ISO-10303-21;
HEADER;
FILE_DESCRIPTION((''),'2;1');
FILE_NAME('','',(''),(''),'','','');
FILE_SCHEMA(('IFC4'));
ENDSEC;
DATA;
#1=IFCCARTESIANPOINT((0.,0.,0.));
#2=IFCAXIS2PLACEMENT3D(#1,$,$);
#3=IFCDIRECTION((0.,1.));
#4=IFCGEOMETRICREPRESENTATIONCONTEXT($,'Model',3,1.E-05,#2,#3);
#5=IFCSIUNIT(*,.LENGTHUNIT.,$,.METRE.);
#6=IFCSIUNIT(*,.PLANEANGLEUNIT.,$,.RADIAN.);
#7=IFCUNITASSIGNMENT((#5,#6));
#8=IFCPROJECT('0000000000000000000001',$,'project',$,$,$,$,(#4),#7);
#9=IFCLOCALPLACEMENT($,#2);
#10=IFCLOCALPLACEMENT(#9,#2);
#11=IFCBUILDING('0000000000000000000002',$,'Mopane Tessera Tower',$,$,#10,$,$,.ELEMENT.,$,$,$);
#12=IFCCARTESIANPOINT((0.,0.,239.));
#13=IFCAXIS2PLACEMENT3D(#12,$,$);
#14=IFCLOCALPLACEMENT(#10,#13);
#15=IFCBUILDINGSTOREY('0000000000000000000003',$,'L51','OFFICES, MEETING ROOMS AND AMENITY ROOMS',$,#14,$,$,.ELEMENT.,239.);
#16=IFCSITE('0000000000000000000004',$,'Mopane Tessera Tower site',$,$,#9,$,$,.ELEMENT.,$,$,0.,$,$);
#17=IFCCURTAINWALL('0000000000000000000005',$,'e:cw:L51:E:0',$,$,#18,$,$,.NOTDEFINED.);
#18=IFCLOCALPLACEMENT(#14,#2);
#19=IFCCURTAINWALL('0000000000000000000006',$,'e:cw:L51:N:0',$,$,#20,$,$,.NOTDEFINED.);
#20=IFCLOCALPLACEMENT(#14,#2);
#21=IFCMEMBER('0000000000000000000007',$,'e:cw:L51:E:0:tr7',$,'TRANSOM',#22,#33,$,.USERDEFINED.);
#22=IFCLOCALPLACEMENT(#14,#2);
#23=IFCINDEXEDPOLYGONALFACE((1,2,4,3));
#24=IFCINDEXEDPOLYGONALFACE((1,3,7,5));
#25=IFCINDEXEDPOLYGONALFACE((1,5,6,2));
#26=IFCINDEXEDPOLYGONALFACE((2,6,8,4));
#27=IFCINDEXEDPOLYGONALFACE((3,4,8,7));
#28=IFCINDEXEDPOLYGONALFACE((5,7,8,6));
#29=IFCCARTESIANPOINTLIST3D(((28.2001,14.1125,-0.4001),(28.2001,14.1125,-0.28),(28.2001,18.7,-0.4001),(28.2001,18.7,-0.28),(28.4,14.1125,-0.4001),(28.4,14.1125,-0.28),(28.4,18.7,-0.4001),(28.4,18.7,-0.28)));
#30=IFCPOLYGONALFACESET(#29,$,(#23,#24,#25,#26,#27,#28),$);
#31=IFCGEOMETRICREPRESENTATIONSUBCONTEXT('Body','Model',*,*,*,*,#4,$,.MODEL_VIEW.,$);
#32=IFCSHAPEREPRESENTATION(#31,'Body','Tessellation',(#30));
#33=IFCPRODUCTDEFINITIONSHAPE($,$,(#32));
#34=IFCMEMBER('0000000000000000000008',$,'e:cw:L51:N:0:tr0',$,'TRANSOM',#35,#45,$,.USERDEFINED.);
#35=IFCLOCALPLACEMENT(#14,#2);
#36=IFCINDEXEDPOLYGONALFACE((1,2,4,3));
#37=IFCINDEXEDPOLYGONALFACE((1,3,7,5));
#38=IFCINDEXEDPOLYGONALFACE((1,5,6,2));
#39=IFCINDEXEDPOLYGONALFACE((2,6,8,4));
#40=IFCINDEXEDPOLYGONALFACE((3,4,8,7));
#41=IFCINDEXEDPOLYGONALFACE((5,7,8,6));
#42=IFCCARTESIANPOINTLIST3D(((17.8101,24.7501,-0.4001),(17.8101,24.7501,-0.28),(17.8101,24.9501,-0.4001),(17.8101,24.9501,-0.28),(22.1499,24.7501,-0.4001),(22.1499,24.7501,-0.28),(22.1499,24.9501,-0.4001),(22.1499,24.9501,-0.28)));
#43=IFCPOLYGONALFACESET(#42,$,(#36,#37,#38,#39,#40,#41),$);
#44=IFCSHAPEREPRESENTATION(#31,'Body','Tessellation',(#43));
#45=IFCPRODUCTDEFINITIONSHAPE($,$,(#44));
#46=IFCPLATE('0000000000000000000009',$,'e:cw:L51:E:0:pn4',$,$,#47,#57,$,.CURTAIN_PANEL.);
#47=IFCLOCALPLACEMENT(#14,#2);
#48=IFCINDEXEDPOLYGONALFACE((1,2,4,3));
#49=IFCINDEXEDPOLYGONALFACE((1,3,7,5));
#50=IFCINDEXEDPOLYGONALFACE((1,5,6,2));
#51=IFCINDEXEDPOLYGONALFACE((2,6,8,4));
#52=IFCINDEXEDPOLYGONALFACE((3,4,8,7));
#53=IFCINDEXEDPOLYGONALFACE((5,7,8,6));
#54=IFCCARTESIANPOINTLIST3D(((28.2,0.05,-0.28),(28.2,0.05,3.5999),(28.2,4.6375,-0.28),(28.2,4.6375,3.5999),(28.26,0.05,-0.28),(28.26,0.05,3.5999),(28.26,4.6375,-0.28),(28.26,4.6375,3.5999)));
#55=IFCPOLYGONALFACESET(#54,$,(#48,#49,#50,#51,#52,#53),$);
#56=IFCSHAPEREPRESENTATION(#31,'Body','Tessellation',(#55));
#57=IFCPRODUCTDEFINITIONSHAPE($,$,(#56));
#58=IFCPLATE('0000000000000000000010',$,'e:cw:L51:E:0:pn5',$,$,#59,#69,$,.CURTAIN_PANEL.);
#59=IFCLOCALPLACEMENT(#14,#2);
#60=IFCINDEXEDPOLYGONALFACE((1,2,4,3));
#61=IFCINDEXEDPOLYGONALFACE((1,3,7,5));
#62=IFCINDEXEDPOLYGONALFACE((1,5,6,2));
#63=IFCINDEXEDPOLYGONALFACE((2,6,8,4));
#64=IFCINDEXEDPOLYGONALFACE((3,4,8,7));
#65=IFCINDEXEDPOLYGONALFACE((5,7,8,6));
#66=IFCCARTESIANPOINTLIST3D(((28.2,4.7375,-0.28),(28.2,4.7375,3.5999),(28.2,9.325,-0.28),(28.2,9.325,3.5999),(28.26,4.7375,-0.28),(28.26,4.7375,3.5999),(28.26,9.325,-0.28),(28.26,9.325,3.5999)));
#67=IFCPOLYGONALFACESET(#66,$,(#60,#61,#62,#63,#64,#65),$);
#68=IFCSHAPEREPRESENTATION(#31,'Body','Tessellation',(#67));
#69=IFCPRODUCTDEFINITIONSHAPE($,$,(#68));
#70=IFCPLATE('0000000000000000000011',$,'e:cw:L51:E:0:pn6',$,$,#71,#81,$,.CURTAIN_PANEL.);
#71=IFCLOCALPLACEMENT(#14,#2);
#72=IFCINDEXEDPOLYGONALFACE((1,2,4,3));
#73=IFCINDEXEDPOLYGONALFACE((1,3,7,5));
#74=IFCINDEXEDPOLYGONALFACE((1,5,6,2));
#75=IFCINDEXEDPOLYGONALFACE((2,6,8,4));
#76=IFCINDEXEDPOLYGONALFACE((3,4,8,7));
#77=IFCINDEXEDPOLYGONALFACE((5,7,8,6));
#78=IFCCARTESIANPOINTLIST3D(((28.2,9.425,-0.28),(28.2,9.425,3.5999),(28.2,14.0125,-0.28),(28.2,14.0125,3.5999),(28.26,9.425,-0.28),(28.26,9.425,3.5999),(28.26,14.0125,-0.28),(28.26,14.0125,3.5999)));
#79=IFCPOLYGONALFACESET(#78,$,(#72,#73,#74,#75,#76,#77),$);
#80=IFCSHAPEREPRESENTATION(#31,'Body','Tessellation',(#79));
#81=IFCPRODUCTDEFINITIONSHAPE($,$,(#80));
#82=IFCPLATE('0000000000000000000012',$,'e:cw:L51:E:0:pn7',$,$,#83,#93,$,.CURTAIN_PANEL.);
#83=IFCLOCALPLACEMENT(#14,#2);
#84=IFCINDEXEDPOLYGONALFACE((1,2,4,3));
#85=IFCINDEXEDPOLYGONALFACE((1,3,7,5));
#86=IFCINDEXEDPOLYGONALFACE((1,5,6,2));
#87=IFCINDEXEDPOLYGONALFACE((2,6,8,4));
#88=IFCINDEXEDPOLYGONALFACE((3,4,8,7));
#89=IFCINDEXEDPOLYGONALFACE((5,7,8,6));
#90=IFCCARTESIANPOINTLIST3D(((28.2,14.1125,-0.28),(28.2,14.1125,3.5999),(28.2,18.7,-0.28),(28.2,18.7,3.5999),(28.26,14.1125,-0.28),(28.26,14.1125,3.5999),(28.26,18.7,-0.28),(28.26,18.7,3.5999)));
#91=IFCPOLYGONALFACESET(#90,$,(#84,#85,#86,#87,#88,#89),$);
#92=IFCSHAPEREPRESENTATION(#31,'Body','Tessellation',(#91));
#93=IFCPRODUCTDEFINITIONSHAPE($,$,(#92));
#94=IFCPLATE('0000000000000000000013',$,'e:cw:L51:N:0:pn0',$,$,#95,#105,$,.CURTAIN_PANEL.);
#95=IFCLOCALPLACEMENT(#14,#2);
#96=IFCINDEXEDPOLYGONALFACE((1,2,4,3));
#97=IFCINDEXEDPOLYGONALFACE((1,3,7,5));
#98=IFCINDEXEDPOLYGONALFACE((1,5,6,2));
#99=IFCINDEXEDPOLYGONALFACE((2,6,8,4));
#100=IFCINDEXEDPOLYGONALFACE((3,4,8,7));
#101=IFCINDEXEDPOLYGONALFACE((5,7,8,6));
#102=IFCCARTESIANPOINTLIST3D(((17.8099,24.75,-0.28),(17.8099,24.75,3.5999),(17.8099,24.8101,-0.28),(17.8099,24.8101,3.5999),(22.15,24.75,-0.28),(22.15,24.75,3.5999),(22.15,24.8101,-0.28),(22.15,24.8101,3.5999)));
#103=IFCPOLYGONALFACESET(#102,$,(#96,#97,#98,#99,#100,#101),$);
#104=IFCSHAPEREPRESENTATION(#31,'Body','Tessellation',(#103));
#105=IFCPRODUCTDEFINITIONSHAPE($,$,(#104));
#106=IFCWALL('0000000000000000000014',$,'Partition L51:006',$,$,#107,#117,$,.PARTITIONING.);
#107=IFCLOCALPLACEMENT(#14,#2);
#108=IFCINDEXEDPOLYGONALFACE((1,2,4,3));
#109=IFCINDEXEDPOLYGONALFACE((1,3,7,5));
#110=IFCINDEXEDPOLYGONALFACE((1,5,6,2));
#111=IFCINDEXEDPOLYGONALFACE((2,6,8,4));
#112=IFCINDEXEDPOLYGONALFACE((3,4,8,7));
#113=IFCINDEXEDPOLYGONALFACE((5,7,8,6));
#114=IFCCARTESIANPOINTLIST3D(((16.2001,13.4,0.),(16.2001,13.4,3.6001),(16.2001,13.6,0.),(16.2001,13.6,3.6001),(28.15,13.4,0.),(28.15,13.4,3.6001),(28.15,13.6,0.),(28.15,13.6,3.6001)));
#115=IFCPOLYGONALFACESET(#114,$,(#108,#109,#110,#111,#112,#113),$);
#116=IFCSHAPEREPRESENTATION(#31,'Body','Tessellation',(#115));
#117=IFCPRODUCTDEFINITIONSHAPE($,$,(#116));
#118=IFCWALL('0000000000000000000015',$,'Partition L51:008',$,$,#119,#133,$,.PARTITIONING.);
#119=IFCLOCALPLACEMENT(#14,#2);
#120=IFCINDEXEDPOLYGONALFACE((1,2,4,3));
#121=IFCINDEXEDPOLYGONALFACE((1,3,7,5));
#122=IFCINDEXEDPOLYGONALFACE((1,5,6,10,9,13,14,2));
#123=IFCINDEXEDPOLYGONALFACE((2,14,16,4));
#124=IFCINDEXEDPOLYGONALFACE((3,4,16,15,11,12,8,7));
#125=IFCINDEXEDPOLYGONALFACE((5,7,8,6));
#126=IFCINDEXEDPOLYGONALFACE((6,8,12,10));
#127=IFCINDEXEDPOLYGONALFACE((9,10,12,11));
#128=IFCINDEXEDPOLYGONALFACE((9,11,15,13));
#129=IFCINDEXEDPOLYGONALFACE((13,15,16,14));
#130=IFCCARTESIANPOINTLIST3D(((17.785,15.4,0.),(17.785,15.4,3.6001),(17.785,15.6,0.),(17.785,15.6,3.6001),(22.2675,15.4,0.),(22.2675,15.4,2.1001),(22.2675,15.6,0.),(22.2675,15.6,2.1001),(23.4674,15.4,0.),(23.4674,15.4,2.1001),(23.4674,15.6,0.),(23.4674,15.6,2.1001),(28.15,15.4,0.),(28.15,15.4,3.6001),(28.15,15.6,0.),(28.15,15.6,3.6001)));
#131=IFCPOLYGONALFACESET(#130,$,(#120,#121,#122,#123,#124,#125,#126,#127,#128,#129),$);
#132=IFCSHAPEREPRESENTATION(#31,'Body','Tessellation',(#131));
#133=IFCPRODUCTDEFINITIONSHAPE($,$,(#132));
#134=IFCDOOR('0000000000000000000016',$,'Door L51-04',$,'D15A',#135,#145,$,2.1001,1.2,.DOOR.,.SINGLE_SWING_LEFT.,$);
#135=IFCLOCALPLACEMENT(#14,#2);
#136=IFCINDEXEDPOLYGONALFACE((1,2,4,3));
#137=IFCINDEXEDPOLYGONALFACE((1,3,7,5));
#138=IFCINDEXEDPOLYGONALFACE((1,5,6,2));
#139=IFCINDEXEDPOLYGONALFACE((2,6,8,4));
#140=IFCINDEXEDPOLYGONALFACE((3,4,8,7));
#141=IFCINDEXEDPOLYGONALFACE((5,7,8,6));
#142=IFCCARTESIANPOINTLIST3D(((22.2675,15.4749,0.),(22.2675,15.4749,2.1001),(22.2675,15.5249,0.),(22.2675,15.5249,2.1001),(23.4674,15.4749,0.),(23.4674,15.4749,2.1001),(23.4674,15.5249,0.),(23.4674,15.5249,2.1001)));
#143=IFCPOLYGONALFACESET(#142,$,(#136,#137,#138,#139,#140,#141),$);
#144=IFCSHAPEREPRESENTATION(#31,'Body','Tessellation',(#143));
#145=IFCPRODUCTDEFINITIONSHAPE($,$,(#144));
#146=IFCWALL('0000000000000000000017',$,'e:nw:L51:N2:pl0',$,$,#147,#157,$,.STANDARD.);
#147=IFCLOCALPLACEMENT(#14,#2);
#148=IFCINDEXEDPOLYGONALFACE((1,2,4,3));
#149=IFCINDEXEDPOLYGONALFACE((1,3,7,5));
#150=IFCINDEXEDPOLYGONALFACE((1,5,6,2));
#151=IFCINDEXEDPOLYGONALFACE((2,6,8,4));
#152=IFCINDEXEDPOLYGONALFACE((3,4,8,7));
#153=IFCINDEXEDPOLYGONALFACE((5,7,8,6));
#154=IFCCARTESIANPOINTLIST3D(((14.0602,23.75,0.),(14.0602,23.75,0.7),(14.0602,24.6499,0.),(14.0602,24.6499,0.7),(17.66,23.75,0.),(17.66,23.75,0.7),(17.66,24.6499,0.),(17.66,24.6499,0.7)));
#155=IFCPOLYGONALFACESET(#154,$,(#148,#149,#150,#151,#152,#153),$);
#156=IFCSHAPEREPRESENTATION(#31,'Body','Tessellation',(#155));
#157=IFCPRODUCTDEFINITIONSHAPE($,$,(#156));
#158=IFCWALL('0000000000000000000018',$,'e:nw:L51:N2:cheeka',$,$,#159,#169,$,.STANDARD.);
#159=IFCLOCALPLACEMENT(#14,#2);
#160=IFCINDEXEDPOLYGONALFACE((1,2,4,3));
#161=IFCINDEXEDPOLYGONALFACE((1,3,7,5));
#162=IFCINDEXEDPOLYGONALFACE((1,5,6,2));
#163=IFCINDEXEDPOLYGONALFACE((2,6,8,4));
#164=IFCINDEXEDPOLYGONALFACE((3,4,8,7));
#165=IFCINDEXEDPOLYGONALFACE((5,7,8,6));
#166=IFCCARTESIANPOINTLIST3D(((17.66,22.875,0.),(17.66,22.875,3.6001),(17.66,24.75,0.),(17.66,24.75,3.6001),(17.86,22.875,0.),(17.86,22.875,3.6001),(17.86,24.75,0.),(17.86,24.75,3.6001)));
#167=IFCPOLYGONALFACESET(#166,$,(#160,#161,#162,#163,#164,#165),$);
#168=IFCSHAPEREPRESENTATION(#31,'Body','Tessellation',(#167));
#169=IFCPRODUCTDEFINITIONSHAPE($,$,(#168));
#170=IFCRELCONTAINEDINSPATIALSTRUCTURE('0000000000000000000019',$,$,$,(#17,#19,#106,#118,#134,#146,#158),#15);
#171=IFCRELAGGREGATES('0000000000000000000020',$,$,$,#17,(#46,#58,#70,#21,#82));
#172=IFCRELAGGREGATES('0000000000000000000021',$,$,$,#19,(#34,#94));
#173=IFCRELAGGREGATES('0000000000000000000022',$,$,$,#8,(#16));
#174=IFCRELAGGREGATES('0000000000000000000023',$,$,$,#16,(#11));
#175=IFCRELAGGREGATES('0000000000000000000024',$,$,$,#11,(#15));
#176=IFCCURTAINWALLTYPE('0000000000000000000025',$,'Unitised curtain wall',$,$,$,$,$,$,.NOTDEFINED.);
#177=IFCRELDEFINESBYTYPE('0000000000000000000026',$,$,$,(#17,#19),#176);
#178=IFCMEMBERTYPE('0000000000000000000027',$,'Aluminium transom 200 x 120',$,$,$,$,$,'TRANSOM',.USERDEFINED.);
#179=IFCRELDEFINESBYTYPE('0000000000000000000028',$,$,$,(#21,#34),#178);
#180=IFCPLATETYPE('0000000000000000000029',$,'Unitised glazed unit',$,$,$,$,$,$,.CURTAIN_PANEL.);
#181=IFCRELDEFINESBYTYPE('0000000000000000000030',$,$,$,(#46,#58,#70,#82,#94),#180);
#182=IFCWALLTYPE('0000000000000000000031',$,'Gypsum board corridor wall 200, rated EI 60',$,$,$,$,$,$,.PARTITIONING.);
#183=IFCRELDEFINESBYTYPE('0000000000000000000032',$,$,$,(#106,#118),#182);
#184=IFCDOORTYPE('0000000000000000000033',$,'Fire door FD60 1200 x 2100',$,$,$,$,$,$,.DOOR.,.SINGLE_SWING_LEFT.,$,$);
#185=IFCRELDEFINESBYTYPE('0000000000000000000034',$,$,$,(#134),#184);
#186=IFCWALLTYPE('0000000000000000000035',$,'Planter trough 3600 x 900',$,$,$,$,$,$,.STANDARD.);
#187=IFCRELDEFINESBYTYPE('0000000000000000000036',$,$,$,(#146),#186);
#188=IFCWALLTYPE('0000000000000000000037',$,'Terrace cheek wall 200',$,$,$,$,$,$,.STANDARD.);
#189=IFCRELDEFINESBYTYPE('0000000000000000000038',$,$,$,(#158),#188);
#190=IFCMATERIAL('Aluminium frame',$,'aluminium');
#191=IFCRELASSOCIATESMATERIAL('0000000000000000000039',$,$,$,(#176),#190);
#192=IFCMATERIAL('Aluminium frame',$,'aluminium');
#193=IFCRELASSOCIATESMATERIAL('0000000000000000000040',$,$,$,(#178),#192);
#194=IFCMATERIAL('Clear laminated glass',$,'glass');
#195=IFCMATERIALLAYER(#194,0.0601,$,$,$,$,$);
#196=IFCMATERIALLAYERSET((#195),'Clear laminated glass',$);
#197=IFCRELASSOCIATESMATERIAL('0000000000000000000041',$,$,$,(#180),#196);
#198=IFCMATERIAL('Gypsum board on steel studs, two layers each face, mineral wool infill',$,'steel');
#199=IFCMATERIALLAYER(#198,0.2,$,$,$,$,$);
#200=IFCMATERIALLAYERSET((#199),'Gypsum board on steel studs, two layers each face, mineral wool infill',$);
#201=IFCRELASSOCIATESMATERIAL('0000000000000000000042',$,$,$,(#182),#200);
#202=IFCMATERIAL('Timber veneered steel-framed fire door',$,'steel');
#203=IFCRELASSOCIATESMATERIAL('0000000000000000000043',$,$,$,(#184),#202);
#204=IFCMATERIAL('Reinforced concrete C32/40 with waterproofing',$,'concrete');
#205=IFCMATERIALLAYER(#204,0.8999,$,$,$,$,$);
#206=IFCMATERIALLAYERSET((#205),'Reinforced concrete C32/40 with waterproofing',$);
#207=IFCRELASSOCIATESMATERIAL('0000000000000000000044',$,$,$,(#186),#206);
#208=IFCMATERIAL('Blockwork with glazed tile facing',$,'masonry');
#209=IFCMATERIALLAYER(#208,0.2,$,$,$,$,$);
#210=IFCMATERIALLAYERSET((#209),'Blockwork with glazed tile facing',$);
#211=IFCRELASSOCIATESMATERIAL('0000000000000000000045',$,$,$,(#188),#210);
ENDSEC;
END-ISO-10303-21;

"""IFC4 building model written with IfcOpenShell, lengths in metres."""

from ifc_helpers import new_model, si_unit, direction, frame, frame_2d, origin, origin_2d, place, context, subcontext, project, spatial, rectangle, extrude, material, layer, layer_set, material_profile, profile_set, type_object, element, fill, aggregate, save


model = new_model("IFC4")

# Units and contexts
model_context = context("Model", 3, precision=1e-05, world=origin(), true_north=direction((0.0, 1.0)))
body_context = subcontext(model_context, "Body", "Model", "MODEL_VIEW")
ifc_project = project(units=[si_unit("LENGTHUNIT", "METRE"), si_unit("PLANEANGLEUNIT", "RADIAN")], contexts=[model_context])

# Site, building, storey
site_placement = place(None, origin())
site = spatial("IfcSite", under=ifc_project, at=site_placement, Name="Mopane Tessera Tower site", CompositionType="ELEMENT", RefElevation=0.0)
building_placement = place(site_placement, origin())
building = spatial("IfcBuilding", under=site, at=building_placement, Name="Mopane Tessera Tower", CompositionType="ELEMENT")
storey_placement = place(building_placement, frame((0.0, 0.0, 239.0)))
storey = spatial("IfcBuildingStorey", under=building, at=storey_placement, Name="L51", Description="OFFICES, MEETING ROOMS AND AMENITY ROOMS", CompositionType="ELEMENT", Elevation=239.0)

# Curtain walls
ifc_material_1 = material(Name="Aluminium frame", Category="aluminium")
curtain_wall_type = type_object("IfcCurtainWallType", Name="Unitised curtain wall", PredefinedType="NOTDEFINED", material=ifc_material_1)
curtain_wall_1_placement = place(storey_placement, origin())
curtain_wall_1 = element("IfcCurtainWall", 1, at=curtain_wall_1_placement, inside=storey, type_object=curtain_wall_type, Name="e:cw:L51:E:0", PredefinedType="NOTDEFINED")
curtain_wall_2_placement = place(storey_placement, origin())
curtain_wall_2 = element("IfcCurtainWall", 2, at=curtain_wall_2_placement, inside=storey, type_object=curtain_wall_type, Name="e:cw:L51:N:0", PredefinedType="NOTDEFINED")

# Members
ifc_material_2 = material(Name="Aluminium frame", Category="aluminium")
ifc_material_profile_1 = material_profile(ifc_material_2, rectangle(XDim=0.2, YDim=0.1201, at=origin_2d()))
ifc_profile_set_1 = profile_set([ifc_material_profile_1], Name="Aluminium frame")
member_type_1 = type_object("IfcMemberType", Name="Aluminium transom 200 x 120", ElementType="TRANSOM", PredefinedType="USERDEFINED", material=ifc_profile_set_1)
member_1_placement = place(storey_placement, frame((28.3, 14.1125, -0.3401), z_axis=(0.0, 1.0, 0.0), x_axis=(-1.0, 0.0, 0.0)))
member_1 = element("IfcMember", 3, at=member_1_placement, type_object=member_type_1, Name="e:cw:L51:E:0:tr7", ObjectType="TRANSOM", PredefinedType="USERDEFINED", context=body_context, shape_type="SweptSolid", body=[
    extrude(rectangle(XDim=0.2, YDim=0.1201, at=origin_2d()), origin(), (0.0, 0.0, 1.0), 4.5874),
])
member_2_placement = place(storey_placement, frame((22.1499, 24.8501, -0.3401), z_axis=(-1.0, 0.0, 0.0), x_axis=(0.0, -1.0, 0.0)))
member_2 = element("IfcMember", 4, at=member_2_placement, type_object=member_type_1, Name="e:cw:L51:N:0:tr0", ObjectType="TRANSOM", PredefinedType="USERDEFINED", context=body_context, shape_type="SweptSolid", body=[
    extrude(rectangle(XDim=0.2, YDim=0.1201, at=origin_2d()), origin(), (0.0, 0.0, 1.0), 4.3398),
])

# Plates
ifc_material_3 = material(Name="Clear laminated glass", Category="glass")
ifc_layer_1 = layer(ifc_material_3, 0.0601)
ifc_layer_set_1 = layer_set([ifc_layer_1], Name="Clear laminated glass")
plate_type = type_object("IfcPlateType", Name="Unitised glazed unit", PredefinedType="CURTAIN_PANEL", material=ifc_layer_set_1)
plate_1_placement = place(storey_placement, frame((28.23, 2.3438, -0.28), z_axis=(0.0, 0.0, 1.0), x_axis=(0.0, 1.0, 0.0)))
plate_1 = element("IfcPlate", 5, at=plate_1_placement, type_object=plate_type, Name="e:cw:L51:E:0:pn4", PredefinedType="CURTAIN_PANEL", context=body_context, shape_type="SweptSolid", body=[
    extrude(rectangle(XDim=4.5874, YDim=0.0601, at=origin_2d()), origin(), (0.0, 0.0, 1.0), 3.8799),
])
plate_2_placement = place(storey_placement, frame((28.23, 7.0312, -0.28), z_axis=(0.0, 0.0, 1.0), x_axis=(0.0, 1.0, 0.0)))
plate_2 = element("IfcPlate", 6, at=plate_2_placement, type_object=plate_type, Name="e:cw:L51:E:0:pn5", PredefinedType="CURTAIN_PANEL", context=body_context, shape_type="SweptSolid", body=[
    extrude(rectangle(XDim=4.5874, YDim=0.0601, at=origin_2d()), origin(), (0.0, 0.0, 1.0), 3.8799),
])
plate_3_placement = place(storey_placement, frame((28.23, 11.7188, -0.28), z_axis=(0.0, 0.0, 1.0), x_axis=(0.0, 1.0, 0.0)))
plate_3 = element("IfcPlate", 7, at=plate_3_placement, type_object=plate_type, Name="e:cw:L51:E:0:pn6", PredefinedType="CURTAIN_PANEL", context=body_context, shape_type="SweptSolid", body=[
    extrude(rectangle(XDim=4.5874, YDim=0.0601, at=origin_2d()), origin(), (0.0, 0.0, 1.0), 3.8799),
])
plate_4_placement = place(storey_placement, frame((28.23, 16.4062, -0.28), z_axis=(0.0, 0.0, 1.0), x_axis=(0.0, 1.0, 0.0)))
plate_4 = element("IfcPlate", 8, at=plate_4_placement, type_object=plate_type, Name="e:cw:L51:E:0:pn7", PredefinedType="CURTAIN_PANEL", context=body_context, shape_type="SweptSolid", body=[
    extrude(rectangle(XDim=4.5874, YDim=0.0601, at=origin_2d()), origin(), (0.0, 0.0, 1.0), 3.8799),
])
aggregate(curtain_wall_1, [plate_1, plate_2, plate_3, member_1, plate_4])
plate_5_placement = place(storey_placement, frame((19.98, 24.78, -0.28), z_axis=(0.0, 0.0, 1.0), x_axis=(-1.0, 0.0, 0.0)))
plate_5 = element("IfcPlate", 9, at=plate_5_placement, type_object=plate_type, Name="e:cw:L51:N:0:pn0", PredefinedType="CURTAIN_PANEL", context=body_context, shape_type="SweptSolid", body=[
    extrude(rectangle(XDim=4.3401, YDim=0.0601, at=origin_2d()), origin(), (0.0, 0.0, 1.0), 3.8799),
])
aggregate(curtain_wall_2, [member_2, plate_5])

# Wall
ifc_material_4 = material(Name="Gypsum board on steel studs, two layers each face, mineral wool infill", Category="steel")
ifc_layer_2 = layer(ifc_material_4, 0.2)
ifc_layer_set_2 = layer_set([ifc_layer_2], Name="Gypsum board on steel studs, two layers each face, mineral wool infill")
wall_type_1 = type_object("IfcWallType", Name="Gypsum board corridor wall 200, rated EI 60", PredefinedType="PARTITIONING", material=ifc_layer_set_2)
wall_1_placement = place(storey_placement, frame((16.2, 13.5, 0.0), z_axis=(0.0, 0.0, 1.0), x_axis=(1.0, 0.0, 0.0)))
element("IfcWall", 10, at=wall_1_placement, inside=storey, type_object=wall_type_1, Name="Partition L51:006", PredefinedType="PARTITIONING", context=body_context, shape_type="SweptSolid", body=[
    extrude(rectangle(XDim=11.95, YDim=0.2, at=frame_2d((5.9751, 0.0))), origin(), (0.0, 0.0, 1.0), 3.6001),
])

# Wall, opening, door
wall_2_placement = place(storey_placement, frame((17.7849, 15.5, 0.0), z_axis=(0.0, 0.0, 1.0), x_axis=(1.0, 0.0, 0.0)))
wall_2 = element("IfcWall", 11, at=wall_2_placement, inside=storey, type_object=wall_type_1, Name="Partition L51:008", PredefinedType="PARTITIONING", context=body_context, shape_type="SweptSolid", body=[
    extrude(rectangle(XDim=10.365, YDim=0.2, at=frame_2d((5.1826, 0.0))), origin(), (0.0, 0.0, 1.0), 3.6001),
])
opening_1_placement = place(wall_2_placement, frame((4.4824, 0.0, 0.0)))
opening_1 = element("IfcOpeningElement", 12, at=opening_1_placement, cuts=wall_2, PredefinedType="OPENING", context=body_context, shape_type="SweptSolid", body=[
    extrude(rectangle(XDim=1.2, YDim=2.1001, at=frame_2d((0.6001, 1.05))), frame((0.0, 0.1121, 0.0), z_axis=(0.0, -1.0, 0.0), x_axis=(1.0, 0.0, 0.0)), (0.0, 0.0, 1.0), 0.2239),
])
ifc_material_5 = material(Name="Timber veneered steel-framed fire door", Category="steel")
door_type_1 = type_object("IfcDoorType", Name="Fire door FD60 1200 x 2100", OperationType="SINGLE_SWING_LEFT", PredefinedType="DOOR", material=ifc_material_5)
door_1_placement = place(opening_1_placement, origin())
door_1 = element("IfcDoor", 13, at=door_1_placement, inside=storey, type_object=door_type_1, Name="Door L51-04", ObjectType="D15A", OperationType="SINGLE_SWING_LEFT", OverallHeight=2.1001, OverallWidth=1.2, PredefinedType="DOOR", context=body_context, shape_type="SweptSolid", body=[
    extrude(rectangle(XDim=1.2, YDim=2.1001, at=frame_2d((0.6001, 1.05))), frame((0.0, 0.0249, 0.0), z_axis=(0.0, -1.0, 0.0), x_axis=(1.0, 0.0, 0.0)), (0.0, 0.0, 1.0), 0.05),
])
fill(opening_1, door_1)

# Walls
ifc_material_6 = material(Name="Reinforced concrete C32/40 with waterproofing", Category="concrete")
ifc_layer_3 = layer(ifc_material_6, 0.8999)
ifc_layer_set_3 = layer_set([ifc_layer_3], Name="Reinforced concrete C32/40 with waterproofing")
wall_type_2 = type_object("IfcWallType", Name="Planter trough 3600 x 900", PredefinedType="STANDARD", material=ifc_layer_set_3)
wall_3_placement = place(storey_placement, frame((17.6599, 24.2, 0.0), z_axis=(0.0, 0.0, 1.0), x_axis=(-1.0, 0.0, 0.0)))
element("IfcWall", 14, at=wall_3_placement, inside=storey, type_object=wall_type_2, Name="e:nw:L51:N2:pl0", PredefinedType="STANDARD", context=body_context, shape_type="SweptSolid", body=[
    extrude(rectangle(XDim=3.5999, YDim=0.8999, at=frame_2d((1.7998, 0.0))), origin(), (0.0, 0.0, 1.0), 0.7),
])
ifc_material_7 = material(Name="Blockwork with glazed tile facing", Category="masonry")
ifc_layer_4 = layer(ifc_material_7, 0.2)
ifc_layer_set_4 = layer_set([ifc_layer_4], Name="Blockwork with glazed tile facing")
wall_type_3 = type_object("IfcWallType", Name="Terrace cheek wall 200", PredefinedType="STANDARD", material=ifc_layer_set_4)
wall_4_placement = place(storey_placement, frame((17.76, 24.75, 0.0), z_axis=(0.0, 0.0, 1.0), x_axis=(0.0, -1.0, 0.0)))
element("IfcWall", 15, at=wall_4_placement, inside=storey, type_object=wall_type_3, Name="e:nw:L51:N2:cheeka", PredefinedType="STANDARD", context=body_context, shape_type="SweptSolid", body=[
    extrude(rectangle(XDim=1.875, YDim=0.2, at=frame_2d((0.9375, 0.0))), origin(), (0.0, 0.0, 1.0), 3.6001),
])

save(model, "model.ifc")
